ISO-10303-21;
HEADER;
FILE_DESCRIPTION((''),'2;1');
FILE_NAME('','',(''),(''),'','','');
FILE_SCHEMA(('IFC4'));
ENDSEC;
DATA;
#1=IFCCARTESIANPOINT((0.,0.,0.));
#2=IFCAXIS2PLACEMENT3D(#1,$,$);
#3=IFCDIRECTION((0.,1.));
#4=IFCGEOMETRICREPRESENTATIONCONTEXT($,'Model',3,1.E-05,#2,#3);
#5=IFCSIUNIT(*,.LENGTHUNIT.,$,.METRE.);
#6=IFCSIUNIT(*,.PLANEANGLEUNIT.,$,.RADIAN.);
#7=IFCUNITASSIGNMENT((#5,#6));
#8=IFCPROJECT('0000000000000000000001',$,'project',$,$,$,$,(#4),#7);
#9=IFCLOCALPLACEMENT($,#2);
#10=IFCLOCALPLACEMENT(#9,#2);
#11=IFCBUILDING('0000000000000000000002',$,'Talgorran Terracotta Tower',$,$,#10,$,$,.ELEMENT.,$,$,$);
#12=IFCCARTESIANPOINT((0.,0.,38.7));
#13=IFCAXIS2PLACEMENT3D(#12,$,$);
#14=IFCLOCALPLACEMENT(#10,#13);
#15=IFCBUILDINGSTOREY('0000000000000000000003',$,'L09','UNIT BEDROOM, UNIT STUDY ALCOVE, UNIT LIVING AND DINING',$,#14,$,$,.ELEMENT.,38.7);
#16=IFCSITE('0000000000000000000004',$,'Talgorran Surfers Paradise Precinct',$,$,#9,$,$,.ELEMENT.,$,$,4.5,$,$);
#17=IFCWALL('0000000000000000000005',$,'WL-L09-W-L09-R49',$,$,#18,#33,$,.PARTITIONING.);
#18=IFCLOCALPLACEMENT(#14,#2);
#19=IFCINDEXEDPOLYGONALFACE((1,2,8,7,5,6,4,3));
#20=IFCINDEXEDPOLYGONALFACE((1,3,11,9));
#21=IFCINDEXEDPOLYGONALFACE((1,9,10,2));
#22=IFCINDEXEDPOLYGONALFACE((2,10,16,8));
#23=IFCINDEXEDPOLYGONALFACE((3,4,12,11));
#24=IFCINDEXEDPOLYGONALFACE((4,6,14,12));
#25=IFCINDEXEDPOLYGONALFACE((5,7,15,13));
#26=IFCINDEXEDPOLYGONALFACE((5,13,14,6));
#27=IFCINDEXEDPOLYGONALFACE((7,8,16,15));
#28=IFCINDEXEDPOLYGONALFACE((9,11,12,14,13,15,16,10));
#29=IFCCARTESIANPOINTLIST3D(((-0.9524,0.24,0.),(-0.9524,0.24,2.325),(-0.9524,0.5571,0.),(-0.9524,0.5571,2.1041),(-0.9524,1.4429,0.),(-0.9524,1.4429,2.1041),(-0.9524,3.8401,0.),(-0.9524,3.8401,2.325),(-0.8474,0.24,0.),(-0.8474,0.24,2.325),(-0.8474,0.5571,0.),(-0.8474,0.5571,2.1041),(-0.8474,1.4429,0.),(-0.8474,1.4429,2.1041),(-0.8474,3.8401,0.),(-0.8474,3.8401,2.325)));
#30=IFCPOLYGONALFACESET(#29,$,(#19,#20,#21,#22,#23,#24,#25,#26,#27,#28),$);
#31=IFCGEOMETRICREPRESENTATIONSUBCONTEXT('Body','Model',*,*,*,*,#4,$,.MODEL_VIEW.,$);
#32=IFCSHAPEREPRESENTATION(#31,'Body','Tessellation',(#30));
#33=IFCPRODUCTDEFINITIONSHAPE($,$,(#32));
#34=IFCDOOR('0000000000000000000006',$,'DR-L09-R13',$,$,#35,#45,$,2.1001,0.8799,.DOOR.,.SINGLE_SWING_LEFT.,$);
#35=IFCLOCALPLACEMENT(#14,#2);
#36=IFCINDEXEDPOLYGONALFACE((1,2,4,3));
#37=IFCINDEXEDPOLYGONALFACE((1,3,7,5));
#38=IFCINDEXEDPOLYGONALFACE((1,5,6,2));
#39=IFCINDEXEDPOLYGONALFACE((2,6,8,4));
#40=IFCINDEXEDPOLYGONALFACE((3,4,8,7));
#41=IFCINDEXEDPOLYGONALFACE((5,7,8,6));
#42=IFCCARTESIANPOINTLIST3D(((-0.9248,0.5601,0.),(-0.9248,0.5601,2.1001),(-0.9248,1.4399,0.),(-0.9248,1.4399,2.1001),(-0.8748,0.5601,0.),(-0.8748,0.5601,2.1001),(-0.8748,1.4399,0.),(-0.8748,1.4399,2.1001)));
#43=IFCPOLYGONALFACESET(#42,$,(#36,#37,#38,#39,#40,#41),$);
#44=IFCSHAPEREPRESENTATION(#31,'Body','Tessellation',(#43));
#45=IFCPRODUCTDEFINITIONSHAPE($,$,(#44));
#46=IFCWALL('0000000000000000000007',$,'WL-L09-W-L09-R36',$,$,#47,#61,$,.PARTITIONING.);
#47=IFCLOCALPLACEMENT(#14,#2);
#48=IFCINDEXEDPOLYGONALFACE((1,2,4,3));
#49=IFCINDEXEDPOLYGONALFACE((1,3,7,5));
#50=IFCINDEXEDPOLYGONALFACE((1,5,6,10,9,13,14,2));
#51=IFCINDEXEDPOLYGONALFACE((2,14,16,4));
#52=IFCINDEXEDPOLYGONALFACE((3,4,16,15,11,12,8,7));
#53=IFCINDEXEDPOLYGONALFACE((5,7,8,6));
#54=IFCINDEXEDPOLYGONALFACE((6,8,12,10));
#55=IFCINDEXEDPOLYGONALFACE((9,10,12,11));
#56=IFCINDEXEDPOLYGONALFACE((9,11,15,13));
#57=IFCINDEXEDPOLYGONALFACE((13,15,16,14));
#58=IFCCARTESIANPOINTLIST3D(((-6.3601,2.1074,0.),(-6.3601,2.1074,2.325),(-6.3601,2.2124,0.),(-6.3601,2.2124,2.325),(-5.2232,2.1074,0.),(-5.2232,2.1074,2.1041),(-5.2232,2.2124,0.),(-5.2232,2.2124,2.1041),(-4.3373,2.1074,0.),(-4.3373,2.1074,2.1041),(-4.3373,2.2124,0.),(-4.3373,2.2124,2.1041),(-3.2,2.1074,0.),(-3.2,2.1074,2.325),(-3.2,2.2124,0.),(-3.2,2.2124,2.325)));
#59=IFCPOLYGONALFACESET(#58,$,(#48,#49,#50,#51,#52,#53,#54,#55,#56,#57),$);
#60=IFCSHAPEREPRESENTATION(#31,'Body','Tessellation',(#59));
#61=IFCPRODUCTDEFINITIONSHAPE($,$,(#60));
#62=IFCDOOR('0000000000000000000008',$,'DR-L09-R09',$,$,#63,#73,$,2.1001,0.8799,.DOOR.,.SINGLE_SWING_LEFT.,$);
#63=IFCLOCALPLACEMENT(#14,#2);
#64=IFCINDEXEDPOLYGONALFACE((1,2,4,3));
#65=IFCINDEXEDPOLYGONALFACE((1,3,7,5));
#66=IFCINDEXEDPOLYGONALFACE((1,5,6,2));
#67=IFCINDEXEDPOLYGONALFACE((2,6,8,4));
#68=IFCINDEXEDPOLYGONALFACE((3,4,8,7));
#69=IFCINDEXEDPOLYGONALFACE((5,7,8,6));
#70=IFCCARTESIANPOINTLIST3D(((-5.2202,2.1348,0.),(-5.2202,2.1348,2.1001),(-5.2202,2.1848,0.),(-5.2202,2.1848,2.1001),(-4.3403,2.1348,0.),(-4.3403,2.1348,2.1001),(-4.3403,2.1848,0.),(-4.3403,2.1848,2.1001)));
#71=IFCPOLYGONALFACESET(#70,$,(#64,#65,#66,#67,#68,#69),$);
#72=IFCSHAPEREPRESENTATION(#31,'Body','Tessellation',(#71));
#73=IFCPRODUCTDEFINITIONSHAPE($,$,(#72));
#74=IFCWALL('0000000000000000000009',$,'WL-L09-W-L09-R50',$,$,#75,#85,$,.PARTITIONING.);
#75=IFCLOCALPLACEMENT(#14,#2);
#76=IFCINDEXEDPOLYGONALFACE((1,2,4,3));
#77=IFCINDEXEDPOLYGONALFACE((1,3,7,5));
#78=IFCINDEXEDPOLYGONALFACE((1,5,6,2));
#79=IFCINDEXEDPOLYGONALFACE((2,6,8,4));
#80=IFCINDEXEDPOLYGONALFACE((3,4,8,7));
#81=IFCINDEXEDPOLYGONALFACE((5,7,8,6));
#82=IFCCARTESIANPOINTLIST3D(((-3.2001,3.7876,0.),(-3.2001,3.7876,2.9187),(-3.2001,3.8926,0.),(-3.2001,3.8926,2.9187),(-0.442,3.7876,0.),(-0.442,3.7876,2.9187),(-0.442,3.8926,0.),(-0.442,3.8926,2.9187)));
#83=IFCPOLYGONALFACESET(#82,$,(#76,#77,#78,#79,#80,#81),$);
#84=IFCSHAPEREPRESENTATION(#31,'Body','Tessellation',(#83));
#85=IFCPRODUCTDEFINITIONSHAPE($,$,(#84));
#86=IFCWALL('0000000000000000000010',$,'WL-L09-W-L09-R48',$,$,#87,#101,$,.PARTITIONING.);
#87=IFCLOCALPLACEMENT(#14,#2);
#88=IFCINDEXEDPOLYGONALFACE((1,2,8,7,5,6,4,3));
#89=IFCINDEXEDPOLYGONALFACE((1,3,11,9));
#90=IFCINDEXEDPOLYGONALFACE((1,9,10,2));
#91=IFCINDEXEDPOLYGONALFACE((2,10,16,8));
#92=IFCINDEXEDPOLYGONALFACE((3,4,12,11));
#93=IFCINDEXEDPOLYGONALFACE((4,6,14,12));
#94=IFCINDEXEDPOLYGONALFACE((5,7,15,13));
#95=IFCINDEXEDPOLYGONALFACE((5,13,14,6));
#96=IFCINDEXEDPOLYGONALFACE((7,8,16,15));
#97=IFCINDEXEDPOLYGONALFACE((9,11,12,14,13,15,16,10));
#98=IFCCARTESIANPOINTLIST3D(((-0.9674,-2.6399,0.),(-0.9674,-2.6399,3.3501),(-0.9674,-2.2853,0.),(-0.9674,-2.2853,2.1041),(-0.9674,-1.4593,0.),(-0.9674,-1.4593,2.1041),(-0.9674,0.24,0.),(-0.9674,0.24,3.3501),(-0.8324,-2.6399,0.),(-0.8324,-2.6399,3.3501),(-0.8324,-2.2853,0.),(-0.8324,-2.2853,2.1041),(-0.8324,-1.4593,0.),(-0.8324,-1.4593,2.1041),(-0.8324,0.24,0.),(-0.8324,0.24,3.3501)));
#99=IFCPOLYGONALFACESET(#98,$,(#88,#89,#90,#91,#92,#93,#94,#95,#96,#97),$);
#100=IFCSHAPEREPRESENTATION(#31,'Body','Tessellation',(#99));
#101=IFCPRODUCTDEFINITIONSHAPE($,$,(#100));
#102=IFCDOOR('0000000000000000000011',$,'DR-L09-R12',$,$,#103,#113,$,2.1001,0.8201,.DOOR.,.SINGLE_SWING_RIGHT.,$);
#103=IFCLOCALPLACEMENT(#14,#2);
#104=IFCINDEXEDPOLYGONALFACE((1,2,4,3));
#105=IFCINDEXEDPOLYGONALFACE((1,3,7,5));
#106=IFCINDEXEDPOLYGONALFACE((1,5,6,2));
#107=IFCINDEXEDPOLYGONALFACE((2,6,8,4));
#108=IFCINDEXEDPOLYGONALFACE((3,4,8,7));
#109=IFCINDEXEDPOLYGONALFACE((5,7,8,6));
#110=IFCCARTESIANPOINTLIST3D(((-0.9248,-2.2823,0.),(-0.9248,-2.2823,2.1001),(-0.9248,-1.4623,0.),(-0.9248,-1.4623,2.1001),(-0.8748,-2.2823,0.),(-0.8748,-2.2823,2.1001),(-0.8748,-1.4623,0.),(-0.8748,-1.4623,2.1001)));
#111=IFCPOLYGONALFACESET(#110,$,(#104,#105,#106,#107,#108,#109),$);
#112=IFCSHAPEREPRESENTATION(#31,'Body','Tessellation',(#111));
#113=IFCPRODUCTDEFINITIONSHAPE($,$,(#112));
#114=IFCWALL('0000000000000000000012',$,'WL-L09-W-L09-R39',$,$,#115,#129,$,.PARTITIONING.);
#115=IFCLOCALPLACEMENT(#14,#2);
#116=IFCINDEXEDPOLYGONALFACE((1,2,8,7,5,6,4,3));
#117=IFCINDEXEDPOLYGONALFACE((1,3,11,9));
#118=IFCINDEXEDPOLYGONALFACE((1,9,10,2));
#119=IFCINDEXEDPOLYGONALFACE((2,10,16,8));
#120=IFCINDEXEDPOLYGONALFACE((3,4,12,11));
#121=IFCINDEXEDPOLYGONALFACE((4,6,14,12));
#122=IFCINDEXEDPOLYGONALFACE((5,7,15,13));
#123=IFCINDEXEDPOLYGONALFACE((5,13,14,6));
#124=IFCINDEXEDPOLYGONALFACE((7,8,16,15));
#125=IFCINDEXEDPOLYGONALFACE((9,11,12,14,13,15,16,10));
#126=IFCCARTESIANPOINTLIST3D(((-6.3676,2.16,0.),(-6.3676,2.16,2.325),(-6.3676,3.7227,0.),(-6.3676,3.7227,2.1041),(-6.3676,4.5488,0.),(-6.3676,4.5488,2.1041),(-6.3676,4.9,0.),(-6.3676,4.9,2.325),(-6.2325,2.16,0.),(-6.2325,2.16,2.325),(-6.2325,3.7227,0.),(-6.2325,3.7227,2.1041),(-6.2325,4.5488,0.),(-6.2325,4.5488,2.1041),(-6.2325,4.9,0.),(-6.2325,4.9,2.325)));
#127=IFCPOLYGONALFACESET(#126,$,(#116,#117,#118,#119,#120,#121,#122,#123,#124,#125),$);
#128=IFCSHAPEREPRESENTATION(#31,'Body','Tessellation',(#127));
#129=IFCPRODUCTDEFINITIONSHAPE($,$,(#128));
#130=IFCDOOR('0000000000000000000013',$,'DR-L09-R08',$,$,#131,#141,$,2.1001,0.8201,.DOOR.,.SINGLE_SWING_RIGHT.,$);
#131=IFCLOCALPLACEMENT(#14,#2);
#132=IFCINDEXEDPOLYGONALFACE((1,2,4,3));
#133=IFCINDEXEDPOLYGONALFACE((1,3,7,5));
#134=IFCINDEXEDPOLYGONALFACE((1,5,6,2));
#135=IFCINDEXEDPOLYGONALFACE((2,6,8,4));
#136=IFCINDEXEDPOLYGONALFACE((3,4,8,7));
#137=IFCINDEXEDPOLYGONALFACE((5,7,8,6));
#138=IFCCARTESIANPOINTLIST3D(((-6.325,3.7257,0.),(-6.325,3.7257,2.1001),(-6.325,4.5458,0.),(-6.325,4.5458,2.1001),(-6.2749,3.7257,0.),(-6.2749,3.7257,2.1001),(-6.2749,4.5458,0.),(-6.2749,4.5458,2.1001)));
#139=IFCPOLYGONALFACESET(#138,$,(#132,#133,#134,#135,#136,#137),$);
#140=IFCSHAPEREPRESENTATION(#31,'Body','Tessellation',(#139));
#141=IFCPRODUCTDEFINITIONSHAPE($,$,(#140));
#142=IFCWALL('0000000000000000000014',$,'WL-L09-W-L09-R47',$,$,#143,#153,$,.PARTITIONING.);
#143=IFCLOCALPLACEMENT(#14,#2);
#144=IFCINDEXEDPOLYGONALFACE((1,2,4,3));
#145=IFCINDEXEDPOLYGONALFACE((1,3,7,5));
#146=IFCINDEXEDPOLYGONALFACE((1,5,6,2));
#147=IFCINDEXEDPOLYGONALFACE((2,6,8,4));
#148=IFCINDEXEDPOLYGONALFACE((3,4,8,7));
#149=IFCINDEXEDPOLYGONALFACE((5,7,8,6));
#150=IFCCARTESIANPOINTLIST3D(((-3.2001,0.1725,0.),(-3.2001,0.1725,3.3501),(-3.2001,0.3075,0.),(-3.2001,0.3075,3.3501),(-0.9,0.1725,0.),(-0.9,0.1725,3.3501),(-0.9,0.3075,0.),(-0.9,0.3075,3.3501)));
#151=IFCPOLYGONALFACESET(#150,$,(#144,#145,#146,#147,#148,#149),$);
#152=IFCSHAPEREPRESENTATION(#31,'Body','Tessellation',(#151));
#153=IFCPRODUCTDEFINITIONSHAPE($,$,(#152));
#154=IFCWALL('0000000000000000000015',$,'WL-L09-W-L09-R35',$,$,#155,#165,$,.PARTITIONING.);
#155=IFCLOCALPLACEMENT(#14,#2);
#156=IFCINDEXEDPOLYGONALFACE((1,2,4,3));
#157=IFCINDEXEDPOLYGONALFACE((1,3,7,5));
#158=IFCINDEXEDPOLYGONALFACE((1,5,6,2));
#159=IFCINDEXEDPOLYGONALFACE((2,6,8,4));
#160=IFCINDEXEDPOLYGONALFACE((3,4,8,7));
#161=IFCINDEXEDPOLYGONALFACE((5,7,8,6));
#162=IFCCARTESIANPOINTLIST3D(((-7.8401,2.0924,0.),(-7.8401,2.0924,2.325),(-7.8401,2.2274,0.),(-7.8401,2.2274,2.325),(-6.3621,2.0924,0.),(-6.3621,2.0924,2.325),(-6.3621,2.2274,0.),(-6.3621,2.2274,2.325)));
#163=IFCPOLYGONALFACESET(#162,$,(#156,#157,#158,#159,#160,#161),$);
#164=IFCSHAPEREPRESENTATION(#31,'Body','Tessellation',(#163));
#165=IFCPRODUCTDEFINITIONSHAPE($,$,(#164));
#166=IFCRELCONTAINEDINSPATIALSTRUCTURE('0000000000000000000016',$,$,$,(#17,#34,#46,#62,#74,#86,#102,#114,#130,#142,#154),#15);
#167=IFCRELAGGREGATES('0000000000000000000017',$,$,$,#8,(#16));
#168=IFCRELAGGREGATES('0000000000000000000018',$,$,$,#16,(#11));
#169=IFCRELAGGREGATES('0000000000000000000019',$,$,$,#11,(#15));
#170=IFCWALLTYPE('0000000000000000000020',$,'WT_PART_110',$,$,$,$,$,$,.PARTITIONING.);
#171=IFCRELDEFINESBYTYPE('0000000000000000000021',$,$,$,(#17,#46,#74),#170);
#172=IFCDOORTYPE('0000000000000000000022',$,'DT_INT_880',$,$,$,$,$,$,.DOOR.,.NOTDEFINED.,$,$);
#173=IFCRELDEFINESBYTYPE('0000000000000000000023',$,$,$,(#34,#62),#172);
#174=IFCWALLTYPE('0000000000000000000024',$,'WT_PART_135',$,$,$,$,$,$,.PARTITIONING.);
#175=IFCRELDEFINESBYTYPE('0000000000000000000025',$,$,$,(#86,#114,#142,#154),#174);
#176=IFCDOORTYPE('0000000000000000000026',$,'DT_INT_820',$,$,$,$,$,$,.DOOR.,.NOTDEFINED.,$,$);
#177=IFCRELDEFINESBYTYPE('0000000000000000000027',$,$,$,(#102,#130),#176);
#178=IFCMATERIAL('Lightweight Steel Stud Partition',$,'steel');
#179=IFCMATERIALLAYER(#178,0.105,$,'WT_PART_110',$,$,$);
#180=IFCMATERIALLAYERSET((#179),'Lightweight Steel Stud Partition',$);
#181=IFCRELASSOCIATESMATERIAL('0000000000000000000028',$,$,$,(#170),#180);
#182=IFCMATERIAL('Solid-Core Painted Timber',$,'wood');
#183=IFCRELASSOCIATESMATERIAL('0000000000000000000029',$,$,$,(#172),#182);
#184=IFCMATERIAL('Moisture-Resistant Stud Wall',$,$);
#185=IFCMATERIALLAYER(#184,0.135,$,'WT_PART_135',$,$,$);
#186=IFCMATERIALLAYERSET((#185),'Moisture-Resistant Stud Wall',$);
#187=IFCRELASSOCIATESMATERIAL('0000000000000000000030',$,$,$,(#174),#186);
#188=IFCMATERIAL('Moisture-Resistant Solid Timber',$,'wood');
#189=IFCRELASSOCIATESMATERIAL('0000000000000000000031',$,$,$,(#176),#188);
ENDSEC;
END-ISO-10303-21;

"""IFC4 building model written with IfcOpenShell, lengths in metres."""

from ifc_helpers import new_model, si_unit, direction, frame, frame_2d, origin, place, context, subcontext, project, spatial, rectangle, extrude, material, layer, layer_set, type_object, element, fill, save


model = new_model("IFC4")

# Units and contexts
model_context = context("Model", 3, precision=1e-05, world=origin(), true_north=direction((0.0, 1.0)))
body_context = subcontext(model_context, "Body", "Model", "MODEL_VIEW")
ifc_project = project(units=[si_unit("LENGTHUNIT", "METRE"), si_unit("PLANEANGLEUNIT", "RADIAN")], contexts=[model_context])

# Site, building, storey
site_placement = place(None, origin())
site = spatial("IfcSite", under=ifc_project, at=site_placement, Name="Talgorran Surfers Paradise Precinct", CompositionType="ELEMENT", RefElevation=4.5)
building_placement = place(site_placement, origin())
building = spatial("IfcBuilding", under=site, at=building_placement, Name="Talgorran Terracotta Tower", CompositionType="ELEMENT")
storey_placement = place(building_placement, frame((0.0, 0.0, 38.7)))
storey = spatial("IfcBuildingStorey", under=building, at=storey_placement, Name="L09", Description="UNIT BEDROOM, UNIT STUDY ALCOVE, UNIT LIVING AND DINING", CompositionType="ELEMENT", Elevation=38.7)

# Walls, openings, doors
ifc_material_1 = material(Name="Lightweight Steel Stud Partition", Category="steel")
ifc_layer_1 = layer(ifc_material_1, 0.105, Name="WT_PART_110")
ifc_layer_set_1 = layer_set([ifc_layer_1], Name="Lightweight Steel Stud Partition")
wall_type_1 = type_object("IfcWallType", Name="WT_PART_110", PredefinedType="PARTITIONING", material=ifc_layer_set_1)
wall_1_placement = place(storey_placement, frame((-0.8999, 0.24, 0.0), z_axis=(0.0, 0.0, 1.0), x_axis=(0.0, 1.0, 0.0)))
wall_1 = element("IfcWall", 1, at=wall_1_placement, inside=storey, type_object=wall_type_1, Name="WL-L09-W-L09-R49", PredefinedType="PARTITIONING", context=body_context, shape_type="SweptSolid", body=[
    extrude(rectangle(XDim=3.6001, YDim=0.105, at=frame_2d((1.8, 0.0))), origin(), (0.0, 0.0, 1.0), 2.325),
])
opening_1_placement = place(wall_1_placement, frame((0.3201, 0.0, 0.0)))
opening_1 = element("IfcOpeningElement", 2, at=opening_1_placement, cuts=wall_1, PredefinedType="OPENING", context=body_context, shape_type="SweptSolid", body=[
    extrude(rectangle(XDim=0.8859, YDim=2.1041, at=frame_2d((0.4399, 1.052))), frame((0.0, 0.0625, 0.0), z_axis=(0.0, -1.0, 0.0), x_axis=(1.0, 0.0, 0.0)), (0.0, 0.0, 1.0), 0.125),
])
ifc_material_2 = material(Name="Solid-Core Painted Timber", Category="wood")
door_type_1 = type_object("IfcDoorType", Name="DT_INT_880", OperationType="NOTDEFINED", PredefinedType="DOOR", material=ifc_material_2)
door_1_placement = place(opening_1_placement, origin())
door_1 = element("IfcDoor", 3, at=door_1_placement, inside=storey, type_object=door_type_1, Name="DR-L09-R13", OperationType="SINGLE_SWING_LEFT", OverallHeight=2.1001, OverallWidth=0.8799, PredefinedType="DOOR", context=body_context, shape_type="SweptSolid", body=[
    extrude(rectangle(XDim=0.8799, YDim=2.1001, at=frame_2d((0.4399, 1.05))), frame((0.0, 0.0249, 0.0), z_axis=(0.0, -1.0, 0.0), x_axis=(1.0, 0.0, 0.0)), (0.0, 0.0, 1.0), 0.05),
])
fill(opening_1, door_1)
wall_2_placement = place(storey_placement, frame((-6.3601, 2.1599, 0.0), z_axis=(0.0, 0.0, 1.0), x_axis=(1.0, 0.0, 0.0)))
wall_2 = element("IfcWall", 4, at=wall_2_placement, inside=storey, type_object=wall_type_1, Name="WL-L09-W-L09-R36", PredefinedType="PARTITIONING", context=body_context, shape_type="SweptSolid", body=[
    extrude(rectangle(XDim=3.1602, YDim=0.105, at=frame_2d((1.5801, 0.0))), origin(), (0.0, 0.0, 1.0), 2.325),
])
opening_2_placement = place(wall_2_placement, frame((1.1399, 0.0, 0.0)))
opening_2 = element("IfcOpeningElement", 5, at=opening_2_placement, cuts=wall_2, PredefinedType="OPENING", context=body_context, shape_type="SweptSolid", body=[
    extrude(rectangle(XDim=0.8859, YDim=2.1041, at=frame_2d((0.4399, 1.052))), frame((0.0, 0.0625, 0.0), z_axis=(0.0, -1.0, 0.0), x_axis=(1.0, 0.0, 0.0)), (0.0, 0.0, 1.0), 0.125),
])
door_2_placement = place(opening_2_placement, origin())
door_2 = element("IfcDoor", 6, at=door_2_placement, inside=storey, type_object=door_type_1, Name="DR-L09-R09", OperationType="SINGLE_SWING_LEFT", OverallHeight=2.1001, OverallWidth=0.8799, PredefinedType="DOOR", context=body_context, shape_type="SweptSolid", body=[
    extrude(rectangle(XDim=0.8799, YDim=2.1001, at=frame_2d((0.4399, 1.05))), frame((0.0, 0.0249, 0.0), z_axis=(0.0, -1.0, 0.0), x_axis=(1.0, 0.0, 0.0)), (0.0, 0.0, 1.0), 0.05),
])
fill(opening_2, door_2)

# Wall
wall_3_placement = place(storey_placement, frame((-3.2, 3.8401, 0.0), z_axis=(0.0, 0.0, 1.0), x_axis=(1.0, 0.0, 0.0)))
element("IfcWall", 7, at=wall_3_placement, inside=storey, type_object=wall_type_1, Name="WL-L09-W-L09-R50", PredefinedType="PARTITIONING", context=body_context, shape_type="SweptSolid", body=[
    extrude(rectangle(XDim=2.7581, YDim=0.105, at=frame_2d((1.3789, 0.0))), origin(), (0.0, 0.0, 1.0), 2.9187),
])

# Walls, openings, doors
ifc_material_3 = material(Name="Moisture-Resistant Stud Wall")
ifc_layer_2 = layer(ifc_material_3, 0.135, Name="WT_PART_135")
ifc_layer_set_2 = layer_set([ifc_layer_2], Name="Moisture-Resistant Stud Wall")
wall_type_2 = type_object("IfcWallType", Name="WT_PART_135", PredefinedType="PARTITIONING", material=ifc_layer_set_2)
wall_4_placement = place(storey_placement, frame((-0.8999, -2.6399, 0.0), z_axis=(0.0, 0.0, 1.0), x_axis=(0.0, 1.0, 0.0)))
wall_4 = element("IfcWall", 8, at=wall_4_placement, inside=storey, type_object=wall_type_2, Name="WL-L09-W-L09-R48", PredefinedType="PARTITIONING", context=body_context, shape_type="SweptSolid", body=[
    extrude(rectangle(XDim=2.8799, YDim=0.135, at=frame_2d((1.4399, 0.0))), origin(), (0.0, 0.0, 1.0), 3.3501),
])
opening_3_placement = place(wall_4_placement, frame((0.3574, 0.0, 0.0)))
opening_3 = element("IfcOpeningElement", 9, at=opening_3_placement, cuts=wall_4, PredefinedType="OPENING", context=body_context, shape_type="SweptSolid", body=[
    extrude(rectangle(XDim=0.8261, YDim=2.1041, at=frame_2d((0.4102, 1.052))), frame((0.0, 0.0776, 0.0), z_axis=(0.0, -1.0, 0.0), x_axis=(1.0, 0.0, 0.0)), (0.0, 0.0, 1.0), 0.155),
])
ifc_material_4 = material(Name="Moisture-Resistant Solid Timber", Category="wood")
door_type_2 = type_object("IfcDoorType", Name="DT_INT_820", OperationType="NOTDEFINED", PredefinedType="DOOR", material=ifc_material_4)
door_3_placement = place(opening_3_placement, origin())
door_3 = element("IfcDoor", 10, at=door_3_placement, inside=storey, type_object=door_type_2, Name="DR-L09-R12", OperationType="SINGLE_SWING_RIGHT", OverallHeight=2.1001, OverallWidth=0.8201, PredefinedType="DOOR", context=body_context, shape_type="SweptSolid", body=[
    extrude(rectangle(XDim=0.8201, YDim=2.1001, at=frame_2d((0.4102, 1.05))), frame((0.0, 0.0249, 0.0), z_axis=(0.0, -1.0, 0.0), x_axis=(1.0, 0.0, 0.0)), (0.0, 0.0, 1.0), 0.05),
])
fill(opening_3, door_3)
wall_5_placement = place(storey_placement, frame((-6.3, 2.1599, 0.0), z_axis=(0.0, 0.0, 1.0), x_axis=(0.0, 1.0, 0.0)))
wall_5 = element("IfcWall", 11, at=wall_5_placement, inside=storey, type_object=wall_type_2, Name="WL-L09-W-L09-R39", PredefinedType="PARTITIONING", context=body_context, shape_type="SweptSolid", body=[
    extrude(rectangle(XDim=2.74, YDim=0.135, at=frame_2d((1.3701, 0.0))), origin(), (0.0, 0.0, 1.0), 2.325),
])
opening_4_placement = place(wall_5_placement, frame((1.5657, 0.0, 0.0)))
opening_4 = element("IfcOpeningElement", 12, at=opening_4_placement, cuts=wall_5, PredefinedType="OPENING", context=body_context, shape_type="SweptSolid", body=[
    extrude(rectangle(XDim=0.8261, YDim=2.1041, at=frame_2d((0.4102, 1.052))), frame((0.0, 0.0776, 0.0), z_axis=(0.0, -1.0, 0.0), x_axis=(1.0, 0.0, 0.0)), (0.0, 0.0, 1.0), 0.155),
])
door_4_placement = place(opening_4_placement, origin())
door_4 = element("IfcDoor", 13, at=door_4_placement, inside=storey, type_object=door_type_2, Name="DR-L09-R08", OperationType="SINGLE_SWING_RIGHT", OverallHeight=2.1001, OverallWidth=0.8201, PredefinedType="DOOR", context=body_context, shape_type="SweptSolid", body=[
    extrude(rectangle(XDim=0.8201, YDim=2.1001, at=frame_2d((0.4102, 1.05))), frame((0.0, 0.0249, 0.0), z_axis=(0.0, -1.0, 0.0), x_axis=(1.0, 0.0, 0.0)), (0.0, 0.0, 1.0), 0.05),
])
fill(opening_4, door_4)

# Walls
wall_6_placement = place(storey_placement, frame((-3.2, 0.24, 0.0), z_axis=(0.0, 0.0, 1.0), x_axis=(1.0, 0.0, 0.0)))
element("IfcWall", 14, at=wall_6_placement, inside=storey, type_object=wall_type_2, Name="WL-L09-W-L09-R47", PredefinedType="PARTITIONING", context=body_context, shape_type="SweptSolid", body=[
    extrude(rectangle(XDim=2.3, YDim=0.135, at=frame_2d((1.1499, 0.0))), origin(), (0.0, 0.0, 1.0), 3.3501),
])
wall_7_placement = place(storey_placement, frame((-7.8401, 2.1599, 0.0), z_axis=(0.0, 0.0, 1.0), x_axis=(1.0, 0.0, 0.0)))
element("IfcWall", 15, at=wall_7_placement, inside=storey, type_object=wall_type_2, Name="WL-L09-W-L09-R35", PredefinedType="PARTITIONING", context=body_context, shape_type="SweptSolid", body=[
    extrude(rectangle(XDim=1.478, YDim=0.135, at=frame_2d((0.739, 0.0))), origin(), (0.0, 0.0, 1.0), 2.325),
])

save(model, "model.ifc")
